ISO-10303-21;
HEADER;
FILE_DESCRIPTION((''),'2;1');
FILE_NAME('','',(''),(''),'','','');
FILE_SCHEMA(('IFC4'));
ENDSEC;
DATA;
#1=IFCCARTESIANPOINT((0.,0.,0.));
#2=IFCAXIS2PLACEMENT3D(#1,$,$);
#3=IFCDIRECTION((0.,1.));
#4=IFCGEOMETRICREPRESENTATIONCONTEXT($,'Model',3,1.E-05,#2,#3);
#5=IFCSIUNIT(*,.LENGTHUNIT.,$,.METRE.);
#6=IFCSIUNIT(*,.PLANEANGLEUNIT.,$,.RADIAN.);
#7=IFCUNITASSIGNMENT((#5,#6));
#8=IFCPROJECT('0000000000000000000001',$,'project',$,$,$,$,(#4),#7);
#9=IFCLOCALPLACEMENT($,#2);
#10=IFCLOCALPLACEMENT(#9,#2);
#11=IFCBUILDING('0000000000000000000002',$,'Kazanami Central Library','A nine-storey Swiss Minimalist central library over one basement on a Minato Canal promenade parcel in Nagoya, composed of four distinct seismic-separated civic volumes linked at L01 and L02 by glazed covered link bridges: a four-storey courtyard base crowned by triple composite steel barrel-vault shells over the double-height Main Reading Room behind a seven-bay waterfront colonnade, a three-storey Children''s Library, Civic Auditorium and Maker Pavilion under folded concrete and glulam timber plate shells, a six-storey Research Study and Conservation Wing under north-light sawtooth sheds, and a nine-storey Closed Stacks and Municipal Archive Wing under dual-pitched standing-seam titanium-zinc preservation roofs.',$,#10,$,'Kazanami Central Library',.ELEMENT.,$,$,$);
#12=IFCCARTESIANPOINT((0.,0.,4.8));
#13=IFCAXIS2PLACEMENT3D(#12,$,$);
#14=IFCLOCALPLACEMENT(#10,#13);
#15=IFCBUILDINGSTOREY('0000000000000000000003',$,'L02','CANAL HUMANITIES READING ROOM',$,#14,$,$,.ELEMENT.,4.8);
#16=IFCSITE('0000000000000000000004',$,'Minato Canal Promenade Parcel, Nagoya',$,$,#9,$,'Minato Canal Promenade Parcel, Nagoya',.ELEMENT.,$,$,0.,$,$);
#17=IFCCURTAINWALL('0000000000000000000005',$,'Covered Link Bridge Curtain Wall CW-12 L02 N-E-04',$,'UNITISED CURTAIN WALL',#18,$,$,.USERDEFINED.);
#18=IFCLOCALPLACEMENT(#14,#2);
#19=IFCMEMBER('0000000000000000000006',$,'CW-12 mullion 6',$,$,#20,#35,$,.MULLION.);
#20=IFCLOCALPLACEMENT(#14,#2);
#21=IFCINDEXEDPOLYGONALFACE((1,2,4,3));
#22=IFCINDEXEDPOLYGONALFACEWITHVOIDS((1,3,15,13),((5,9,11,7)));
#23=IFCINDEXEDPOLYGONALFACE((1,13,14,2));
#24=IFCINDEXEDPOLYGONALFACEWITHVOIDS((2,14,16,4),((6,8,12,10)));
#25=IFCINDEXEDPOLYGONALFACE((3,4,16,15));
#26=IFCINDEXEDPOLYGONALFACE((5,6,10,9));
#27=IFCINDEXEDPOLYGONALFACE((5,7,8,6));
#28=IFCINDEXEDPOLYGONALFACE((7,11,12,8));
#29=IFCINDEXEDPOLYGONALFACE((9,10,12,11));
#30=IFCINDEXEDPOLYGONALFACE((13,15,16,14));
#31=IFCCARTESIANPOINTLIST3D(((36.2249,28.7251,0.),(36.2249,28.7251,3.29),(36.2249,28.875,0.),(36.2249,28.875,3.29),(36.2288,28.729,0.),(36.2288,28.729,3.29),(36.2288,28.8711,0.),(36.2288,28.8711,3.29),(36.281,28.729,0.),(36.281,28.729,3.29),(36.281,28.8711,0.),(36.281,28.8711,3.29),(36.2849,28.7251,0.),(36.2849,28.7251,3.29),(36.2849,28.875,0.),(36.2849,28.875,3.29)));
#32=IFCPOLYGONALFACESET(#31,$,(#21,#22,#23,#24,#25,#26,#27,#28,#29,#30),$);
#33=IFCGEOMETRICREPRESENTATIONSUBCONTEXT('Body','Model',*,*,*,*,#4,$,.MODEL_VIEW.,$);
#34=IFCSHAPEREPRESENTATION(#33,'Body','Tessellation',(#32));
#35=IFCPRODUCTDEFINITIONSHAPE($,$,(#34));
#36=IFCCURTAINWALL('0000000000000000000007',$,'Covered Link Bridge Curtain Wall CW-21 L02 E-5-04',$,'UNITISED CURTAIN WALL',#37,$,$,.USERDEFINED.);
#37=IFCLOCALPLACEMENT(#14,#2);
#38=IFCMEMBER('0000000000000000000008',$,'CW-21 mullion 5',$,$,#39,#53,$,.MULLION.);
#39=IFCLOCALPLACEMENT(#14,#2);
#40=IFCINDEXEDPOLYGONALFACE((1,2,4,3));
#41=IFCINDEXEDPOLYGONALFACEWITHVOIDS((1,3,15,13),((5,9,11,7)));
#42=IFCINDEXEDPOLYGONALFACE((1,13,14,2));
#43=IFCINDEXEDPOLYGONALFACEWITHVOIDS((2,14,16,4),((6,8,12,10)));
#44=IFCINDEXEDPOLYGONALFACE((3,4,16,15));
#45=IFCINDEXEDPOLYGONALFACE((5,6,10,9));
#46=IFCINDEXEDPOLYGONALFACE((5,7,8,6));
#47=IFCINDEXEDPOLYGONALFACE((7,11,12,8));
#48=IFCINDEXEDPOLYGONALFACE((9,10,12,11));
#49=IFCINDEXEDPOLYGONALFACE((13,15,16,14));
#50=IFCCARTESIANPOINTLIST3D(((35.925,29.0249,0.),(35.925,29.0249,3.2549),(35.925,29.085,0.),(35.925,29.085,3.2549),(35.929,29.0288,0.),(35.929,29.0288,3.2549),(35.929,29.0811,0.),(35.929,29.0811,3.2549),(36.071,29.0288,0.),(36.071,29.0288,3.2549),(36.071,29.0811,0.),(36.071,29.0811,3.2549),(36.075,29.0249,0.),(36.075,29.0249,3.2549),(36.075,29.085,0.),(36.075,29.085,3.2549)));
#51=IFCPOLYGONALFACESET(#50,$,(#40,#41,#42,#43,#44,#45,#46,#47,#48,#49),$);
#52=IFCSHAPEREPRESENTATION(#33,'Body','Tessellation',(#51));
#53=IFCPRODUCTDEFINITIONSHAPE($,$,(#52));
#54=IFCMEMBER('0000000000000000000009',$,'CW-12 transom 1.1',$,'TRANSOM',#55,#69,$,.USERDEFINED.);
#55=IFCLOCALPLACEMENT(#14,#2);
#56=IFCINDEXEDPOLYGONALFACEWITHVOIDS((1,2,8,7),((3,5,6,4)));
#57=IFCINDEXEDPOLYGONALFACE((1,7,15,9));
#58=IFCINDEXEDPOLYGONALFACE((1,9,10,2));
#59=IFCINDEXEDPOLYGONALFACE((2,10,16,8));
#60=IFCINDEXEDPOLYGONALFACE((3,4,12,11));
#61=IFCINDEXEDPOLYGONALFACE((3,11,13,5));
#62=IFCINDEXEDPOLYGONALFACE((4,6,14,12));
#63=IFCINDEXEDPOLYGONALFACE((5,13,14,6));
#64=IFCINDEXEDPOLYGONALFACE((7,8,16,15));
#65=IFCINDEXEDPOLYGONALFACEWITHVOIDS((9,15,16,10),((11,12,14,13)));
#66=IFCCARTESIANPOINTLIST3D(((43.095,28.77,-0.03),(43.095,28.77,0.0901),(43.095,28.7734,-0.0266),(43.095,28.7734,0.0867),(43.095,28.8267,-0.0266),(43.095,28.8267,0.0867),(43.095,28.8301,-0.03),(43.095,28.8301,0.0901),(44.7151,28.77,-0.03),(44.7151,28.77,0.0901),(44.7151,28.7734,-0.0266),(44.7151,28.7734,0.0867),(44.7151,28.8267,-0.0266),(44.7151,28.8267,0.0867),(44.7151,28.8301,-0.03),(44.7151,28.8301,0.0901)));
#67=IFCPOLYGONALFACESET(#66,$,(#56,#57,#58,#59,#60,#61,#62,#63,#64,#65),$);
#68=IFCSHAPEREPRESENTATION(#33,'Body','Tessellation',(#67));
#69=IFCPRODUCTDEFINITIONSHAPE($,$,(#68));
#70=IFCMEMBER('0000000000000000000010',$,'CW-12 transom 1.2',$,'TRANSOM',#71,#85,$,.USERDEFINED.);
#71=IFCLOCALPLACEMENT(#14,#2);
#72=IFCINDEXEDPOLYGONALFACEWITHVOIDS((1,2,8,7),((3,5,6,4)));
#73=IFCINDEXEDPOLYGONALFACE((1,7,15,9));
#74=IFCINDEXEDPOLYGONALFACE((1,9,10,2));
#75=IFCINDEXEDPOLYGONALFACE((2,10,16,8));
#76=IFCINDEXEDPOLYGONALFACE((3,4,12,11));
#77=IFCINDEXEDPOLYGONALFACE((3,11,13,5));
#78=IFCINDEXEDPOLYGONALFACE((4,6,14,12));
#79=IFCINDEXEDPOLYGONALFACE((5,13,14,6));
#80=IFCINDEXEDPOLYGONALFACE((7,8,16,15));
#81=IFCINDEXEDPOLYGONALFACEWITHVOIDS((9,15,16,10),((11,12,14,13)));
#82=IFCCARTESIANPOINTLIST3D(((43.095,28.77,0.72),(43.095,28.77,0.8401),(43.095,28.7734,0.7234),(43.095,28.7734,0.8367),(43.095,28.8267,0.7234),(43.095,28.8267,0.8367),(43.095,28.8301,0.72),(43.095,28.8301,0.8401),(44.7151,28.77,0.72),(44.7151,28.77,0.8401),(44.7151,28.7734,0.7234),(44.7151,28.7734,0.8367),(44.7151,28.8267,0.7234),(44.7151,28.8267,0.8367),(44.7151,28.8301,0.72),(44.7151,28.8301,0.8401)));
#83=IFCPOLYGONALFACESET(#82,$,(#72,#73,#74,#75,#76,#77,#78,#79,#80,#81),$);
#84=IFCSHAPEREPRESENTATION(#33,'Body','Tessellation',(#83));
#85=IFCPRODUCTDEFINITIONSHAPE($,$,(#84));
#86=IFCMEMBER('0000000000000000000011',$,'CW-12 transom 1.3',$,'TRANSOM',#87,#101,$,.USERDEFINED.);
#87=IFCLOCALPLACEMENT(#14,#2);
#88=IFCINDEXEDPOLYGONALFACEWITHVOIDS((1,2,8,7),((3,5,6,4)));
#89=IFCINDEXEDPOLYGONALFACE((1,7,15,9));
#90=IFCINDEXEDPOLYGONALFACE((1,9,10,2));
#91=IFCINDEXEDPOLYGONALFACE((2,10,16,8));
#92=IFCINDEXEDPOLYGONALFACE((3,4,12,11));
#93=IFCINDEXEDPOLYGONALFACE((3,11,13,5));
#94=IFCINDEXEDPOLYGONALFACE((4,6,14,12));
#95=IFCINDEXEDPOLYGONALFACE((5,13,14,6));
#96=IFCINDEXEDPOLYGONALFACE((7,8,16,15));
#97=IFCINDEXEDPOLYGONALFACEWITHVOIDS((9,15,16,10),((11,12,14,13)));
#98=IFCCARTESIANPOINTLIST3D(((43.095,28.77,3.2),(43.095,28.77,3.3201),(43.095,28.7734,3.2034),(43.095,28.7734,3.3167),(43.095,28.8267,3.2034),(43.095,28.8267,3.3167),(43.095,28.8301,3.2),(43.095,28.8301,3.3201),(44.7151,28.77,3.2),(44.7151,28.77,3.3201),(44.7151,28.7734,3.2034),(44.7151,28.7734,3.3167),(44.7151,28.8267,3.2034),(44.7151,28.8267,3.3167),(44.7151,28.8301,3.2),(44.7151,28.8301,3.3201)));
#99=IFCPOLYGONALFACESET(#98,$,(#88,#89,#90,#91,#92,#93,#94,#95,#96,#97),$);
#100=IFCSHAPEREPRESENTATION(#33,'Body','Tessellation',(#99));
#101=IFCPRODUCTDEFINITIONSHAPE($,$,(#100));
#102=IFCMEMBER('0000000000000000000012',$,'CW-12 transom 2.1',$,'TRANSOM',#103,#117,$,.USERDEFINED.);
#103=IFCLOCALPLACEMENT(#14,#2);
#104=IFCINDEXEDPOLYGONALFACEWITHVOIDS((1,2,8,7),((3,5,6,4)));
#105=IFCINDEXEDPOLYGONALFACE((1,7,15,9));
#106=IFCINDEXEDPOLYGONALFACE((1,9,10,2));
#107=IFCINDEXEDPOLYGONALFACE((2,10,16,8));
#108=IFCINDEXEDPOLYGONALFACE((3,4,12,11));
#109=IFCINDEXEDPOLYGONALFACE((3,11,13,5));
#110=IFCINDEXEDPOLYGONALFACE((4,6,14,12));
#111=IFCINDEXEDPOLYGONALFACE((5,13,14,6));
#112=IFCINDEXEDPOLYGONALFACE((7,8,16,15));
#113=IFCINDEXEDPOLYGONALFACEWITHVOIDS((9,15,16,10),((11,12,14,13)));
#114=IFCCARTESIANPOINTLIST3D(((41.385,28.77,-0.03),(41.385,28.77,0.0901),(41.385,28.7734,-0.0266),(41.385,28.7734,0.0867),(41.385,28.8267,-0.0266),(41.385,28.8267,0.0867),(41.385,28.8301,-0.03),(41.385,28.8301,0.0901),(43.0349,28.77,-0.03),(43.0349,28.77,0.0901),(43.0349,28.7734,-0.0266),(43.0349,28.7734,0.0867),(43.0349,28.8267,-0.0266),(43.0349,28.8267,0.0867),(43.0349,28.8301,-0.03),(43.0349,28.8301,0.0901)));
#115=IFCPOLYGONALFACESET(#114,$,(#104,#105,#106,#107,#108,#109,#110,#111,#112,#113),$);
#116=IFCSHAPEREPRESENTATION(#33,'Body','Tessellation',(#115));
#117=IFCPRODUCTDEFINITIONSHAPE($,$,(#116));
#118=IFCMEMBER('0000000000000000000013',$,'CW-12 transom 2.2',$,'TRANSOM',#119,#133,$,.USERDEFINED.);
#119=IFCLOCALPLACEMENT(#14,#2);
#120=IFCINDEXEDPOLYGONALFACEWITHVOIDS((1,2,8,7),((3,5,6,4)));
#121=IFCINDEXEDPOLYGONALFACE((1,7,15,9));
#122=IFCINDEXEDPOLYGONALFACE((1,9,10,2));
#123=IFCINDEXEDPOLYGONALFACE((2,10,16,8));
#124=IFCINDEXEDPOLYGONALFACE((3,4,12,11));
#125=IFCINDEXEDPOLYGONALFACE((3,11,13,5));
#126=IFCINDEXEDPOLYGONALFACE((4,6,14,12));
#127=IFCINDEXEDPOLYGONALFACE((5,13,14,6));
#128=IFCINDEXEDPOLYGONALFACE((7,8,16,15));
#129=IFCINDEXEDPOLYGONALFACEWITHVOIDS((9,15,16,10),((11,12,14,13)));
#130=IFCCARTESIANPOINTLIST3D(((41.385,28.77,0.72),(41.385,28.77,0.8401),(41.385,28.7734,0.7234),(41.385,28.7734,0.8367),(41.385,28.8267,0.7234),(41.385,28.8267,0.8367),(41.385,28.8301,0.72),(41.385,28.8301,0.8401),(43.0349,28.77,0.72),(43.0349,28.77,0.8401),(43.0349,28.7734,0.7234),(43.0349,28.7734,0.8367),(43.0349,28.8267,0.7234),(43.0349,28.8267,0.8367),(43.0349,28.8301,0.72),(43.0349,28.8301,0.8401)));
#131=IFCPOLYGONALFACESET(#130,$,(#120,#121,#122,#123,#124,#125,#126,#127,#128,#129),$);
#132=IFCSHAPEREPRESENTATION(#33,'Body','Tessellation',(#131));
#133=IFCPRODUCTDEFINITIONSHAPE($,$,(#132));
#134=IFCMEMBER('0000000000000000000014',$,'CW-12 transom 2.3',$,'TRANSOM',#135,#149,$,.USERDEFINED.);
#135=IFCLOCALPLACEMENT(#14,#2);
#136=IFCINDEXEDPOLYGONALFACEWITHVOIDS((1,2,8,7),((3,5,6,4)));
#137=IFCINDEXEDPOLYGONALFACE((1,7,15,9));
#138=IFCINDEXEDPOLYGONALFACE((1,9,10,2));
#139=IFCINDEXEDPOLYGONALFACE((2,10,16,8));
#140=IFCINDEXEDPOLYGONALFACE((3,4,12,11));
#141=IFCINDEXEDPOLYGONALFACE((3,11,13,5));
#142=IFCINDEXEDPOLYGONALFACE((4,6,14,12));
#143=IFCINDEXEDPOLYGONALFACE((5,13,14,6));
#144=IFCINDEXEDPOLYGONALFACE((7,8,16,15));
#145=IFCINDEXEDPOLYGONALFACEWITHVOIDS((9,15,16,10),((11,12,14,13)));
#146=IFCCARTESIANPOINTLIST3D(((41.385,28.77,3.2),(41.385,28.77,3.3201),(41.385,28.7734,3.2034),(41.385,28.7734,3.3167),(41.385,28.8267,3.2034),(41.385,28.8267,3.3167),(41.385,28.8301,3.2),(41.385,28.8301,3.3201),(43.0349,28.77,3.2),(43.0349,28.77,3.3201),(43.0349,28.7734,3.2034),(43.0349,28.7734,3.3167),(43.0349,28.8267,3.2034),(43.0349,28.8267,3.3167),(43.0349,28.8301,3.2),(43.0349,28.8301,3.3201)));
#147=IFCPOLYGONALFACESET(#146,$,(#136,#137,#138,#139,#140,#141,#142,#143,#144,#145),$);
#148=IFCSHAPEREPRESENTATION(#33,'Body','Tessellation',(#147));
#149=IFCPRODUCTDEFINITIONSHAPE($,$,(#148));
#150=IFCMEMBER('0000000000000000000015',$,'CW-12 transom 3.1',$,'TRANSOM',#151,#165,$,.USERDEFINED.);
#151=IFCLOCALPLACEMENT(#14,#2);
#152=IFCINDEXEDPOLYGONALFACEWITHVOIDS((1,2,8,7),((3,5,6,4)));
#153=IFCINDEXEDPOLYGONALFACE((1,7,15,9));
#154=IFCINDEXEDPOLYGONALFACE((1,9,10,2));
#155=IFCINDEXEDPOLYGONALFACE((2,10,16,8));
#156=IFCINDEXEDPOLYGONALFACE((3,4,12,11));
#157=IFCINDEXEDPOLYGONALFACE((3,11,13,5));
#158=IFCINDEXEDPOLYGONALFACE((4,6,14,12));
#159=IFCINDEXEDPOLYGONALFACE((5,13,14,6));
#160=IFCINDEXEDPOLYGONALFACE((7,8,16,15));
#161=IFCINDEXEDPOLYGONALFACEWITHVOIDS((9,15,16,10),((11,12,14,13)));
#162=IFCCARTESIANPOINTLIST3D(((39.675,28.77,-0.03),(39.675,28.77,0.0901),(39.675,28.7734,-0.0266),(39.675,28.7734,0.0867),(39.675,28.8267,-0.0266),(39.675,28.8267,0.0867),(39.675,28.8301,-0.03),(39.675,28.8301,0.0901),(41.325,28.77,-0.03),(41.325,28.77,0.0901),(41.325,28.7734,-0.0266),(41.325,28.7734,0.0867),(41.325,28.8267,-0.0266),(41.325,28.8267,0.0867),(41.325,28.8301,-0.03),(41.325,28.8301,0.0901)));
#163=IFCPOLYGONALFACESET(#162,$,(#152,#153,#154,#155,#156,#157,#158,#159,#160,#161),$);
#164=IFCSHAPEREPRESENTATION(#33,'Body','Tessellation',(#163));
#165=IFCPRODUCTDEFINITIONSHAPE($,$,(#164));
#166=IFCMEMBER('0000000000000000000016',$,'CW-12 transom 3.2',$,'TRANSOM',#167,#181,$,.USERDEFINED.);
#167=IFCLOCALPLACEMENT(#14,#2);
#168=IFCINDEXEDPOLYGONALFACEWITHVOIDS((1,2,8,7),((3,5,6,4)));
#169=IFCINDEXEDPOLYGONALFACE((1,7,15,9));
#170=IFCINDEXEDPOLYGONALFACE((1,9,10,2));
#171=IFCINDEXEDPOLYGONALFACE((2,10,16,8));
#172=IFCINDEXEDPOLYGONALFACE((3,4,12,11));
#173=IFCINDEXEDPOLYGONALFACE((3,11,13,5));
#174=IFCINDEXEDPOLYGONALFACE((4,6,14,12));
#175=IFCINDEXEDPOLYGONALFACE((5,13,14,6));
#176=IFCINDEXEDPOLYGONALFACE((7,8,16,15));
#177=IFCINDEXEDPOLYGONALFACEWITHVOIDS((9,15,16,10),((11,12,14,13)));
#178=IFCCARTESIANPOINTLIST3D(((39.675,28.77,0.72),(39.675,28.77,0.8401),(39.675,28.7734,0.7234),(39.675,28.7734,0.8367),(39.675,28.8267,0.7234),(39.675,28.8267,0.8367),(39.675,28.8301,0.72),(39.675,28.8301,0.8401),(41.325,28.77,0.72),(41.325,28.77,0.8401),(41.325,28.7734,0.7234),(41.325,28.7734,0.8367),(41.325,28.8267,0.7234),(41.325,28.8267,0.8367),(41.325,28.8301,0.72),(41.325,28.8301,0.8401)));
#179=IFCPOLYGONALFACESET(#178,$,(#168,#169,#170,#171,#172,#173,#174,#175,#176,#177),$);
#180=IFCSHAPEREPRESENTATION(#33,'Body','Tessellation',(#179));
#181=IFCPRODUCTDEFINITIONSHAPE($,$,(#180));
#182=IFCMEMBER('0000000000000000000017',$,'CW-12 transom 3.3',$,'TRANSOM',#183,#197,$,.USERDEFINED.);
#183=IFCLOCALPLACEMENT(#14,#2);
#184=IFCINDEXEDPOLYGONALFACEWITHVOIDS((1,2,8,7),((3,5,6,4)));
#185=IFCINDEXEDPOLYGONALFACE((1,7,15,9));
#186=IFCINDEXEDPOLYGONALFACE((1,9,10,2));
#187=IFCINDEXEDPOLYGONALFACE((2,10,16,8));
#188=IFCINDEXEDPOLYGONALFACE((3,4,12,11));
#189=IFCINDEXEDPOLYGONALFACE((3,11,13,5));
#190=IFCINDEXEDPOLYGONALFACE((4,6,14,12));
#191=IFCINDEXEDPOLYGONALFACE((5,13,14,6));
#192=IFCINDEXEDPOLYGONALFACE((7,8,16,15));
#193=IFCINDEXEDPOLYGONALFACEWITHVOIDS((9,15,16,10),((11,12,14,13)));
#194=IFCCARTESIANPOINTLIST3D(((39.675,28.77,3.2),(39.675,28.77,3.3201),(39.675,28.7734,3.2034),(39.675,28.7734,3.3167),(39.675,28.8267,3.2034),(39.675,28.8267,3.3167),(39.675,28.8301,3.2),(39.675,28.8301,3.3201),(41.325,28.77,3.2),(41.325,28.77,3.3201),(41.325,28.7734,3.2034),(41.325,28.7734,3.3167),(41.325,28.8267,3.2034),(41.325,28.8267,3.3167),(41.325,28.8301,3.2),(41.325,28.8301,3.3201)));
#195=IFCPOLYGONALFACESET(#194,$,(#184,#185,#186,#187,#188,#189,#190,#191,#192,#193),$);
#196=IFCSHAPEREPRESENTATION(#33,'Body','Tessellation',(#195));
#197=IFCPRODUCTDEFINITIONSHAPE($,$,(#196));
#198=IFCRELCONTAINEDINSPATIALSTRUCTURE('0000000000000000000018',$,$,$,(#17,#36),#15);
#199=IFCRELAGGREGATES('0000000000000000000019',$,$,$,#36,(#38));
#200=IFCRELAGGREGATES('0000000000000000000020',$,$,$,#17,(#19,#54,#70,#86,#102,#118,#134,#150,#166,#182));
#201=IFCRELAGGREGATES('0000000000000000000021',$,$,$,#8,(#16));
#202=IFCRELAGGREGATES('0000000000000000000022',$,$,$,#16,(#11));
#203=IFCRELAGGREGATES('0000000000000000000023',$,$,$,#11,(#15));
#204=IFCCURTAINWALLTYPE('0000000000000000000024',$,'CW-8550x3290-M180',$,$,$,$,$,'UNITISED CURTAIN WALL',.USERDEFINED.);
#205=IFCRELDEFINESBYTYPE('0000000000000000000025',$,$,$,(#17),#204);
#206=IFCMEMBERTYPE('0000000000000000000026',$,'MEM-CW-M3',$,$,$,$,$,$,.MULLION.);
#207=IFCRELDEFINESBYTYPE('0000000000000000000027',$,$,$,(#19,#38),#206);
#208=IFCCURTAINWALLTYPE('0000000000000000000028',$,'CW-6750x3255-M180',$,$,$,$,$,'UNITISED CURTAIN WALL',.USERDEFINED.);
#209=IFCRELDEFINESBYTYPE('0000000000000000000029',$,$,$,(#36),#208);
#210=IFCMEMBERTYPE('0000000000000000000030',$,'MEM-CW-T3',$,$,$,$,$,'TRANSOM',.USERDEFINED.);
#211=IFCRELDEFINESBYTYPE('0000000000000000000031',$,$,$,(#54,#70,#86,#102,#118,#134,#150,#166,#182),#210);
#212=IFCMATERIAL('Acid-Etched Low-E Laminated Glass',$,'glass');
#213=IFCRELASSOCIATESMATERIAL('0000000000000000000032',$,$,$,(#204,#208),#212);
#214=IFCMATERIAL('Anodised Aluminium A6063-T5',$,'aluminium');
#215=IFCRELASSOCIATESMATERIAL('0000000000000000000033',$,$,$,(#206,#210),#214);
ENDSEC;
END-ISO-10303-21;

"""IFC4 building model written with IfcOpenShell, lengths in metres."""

from ifc_helpers import new_model, si_unit, direction, frame, origin, origin_2d, place, context, subcontext, project, spatial, hollow_rectangle, extrude, material, material_profile, profile_set, type_object, element, aggregate, save


model = new_model("IFC4")

# Units and contexts
model_context = context("Model", 3, precision=1e-05, world=origin(), true_north=direction((0.0, 1.0)))
body_context = subcontext(model_context, "Body", "Model", "MODEL_VIEW")
ifc_project = project(units=[si_unit("LENGTHUNIT", "METRE"), si_unit("PLANEANGLEUNIT", "RADIAN")], contexts=[model_context])

# Site, building, storey
site_placement = place(None, origin())
site = spatial("IfcSite", under=ifc_project, at=site_placement, Name="Minato Canal Promenade Parcel, Nagoya", LongName="Minato Canal Promenade Parcel, Nagoya", CompositionType="ELEMENT", RefElevation=0.0)
building_placement = place(site_placement, origin())
building = spatial("IfcBuilding", under=site, at=building_placement, Name="Kazanami Central Library", Description="A nine-storey Swiss Minimalist central library over one basement on a Minato Canal promenade parcel in Nagoya, composed of four distinct seismic-separated civic volumes linked at L01 and L02 by glazed covered link bridges: a four-storey courtyard base crowned by triple composite steel barrel-vault shells over the double-height Main Reading Room behind a seven-bay waterfront colonnade, a three-storey Children's Library, Civic Auditorium and Maker Pavilion under folded concrete and glulam timber plate shells, a six-storey Research Study and Conservation Wing under north-light sawtooth sheds, and a nine-storey Closed Stacks and Municipal Archive Wing under dual-pitched standing-seam titanium-zinc preservation roofs.", LongName="Kazanami Central Library", CompositionType="ELEMENT")
storey_placement = place(building_placement, frame((0.0, 0.0, 4.8)))
storey = spatial("IfcBuildingStorey", under=building, at=storey_placement, Name="L02", Description="CANAL HUMANITIES READING ROOM", CompositionType="ELEMENT", Elevation=4.8)

# Curtain wall, member
ifc_material_1 = material(Name="Acid-Etched Low-E Laminated Glass", Category="glass")
curtain_wall_type_1 = type_object("IfcCurtainWallType", Name="CW-8550x3290-M180", ElementType="UNITISED CURTAIN WALL", PredefinedType="USERDEFINED", material=ifc_material_1)
curtain_wall_1_placement = place(storey_placement, origin())
curtain_wall_1 = element("IfcCurtainWall", 1, at=curtain_wall_1_placement, inside=storey, type_object=curtain_wall_type_1, Name="Covered Link Bridge Curtain Wall CW-12 L02 N-E-04", ObjectType="UNITISED CURTAIN WALL", PredefinedType="USERDEFINED")
ifc_material_2 = material(Name="Anodised Aluminium A6063-T5", Category="aluminium")
ifc_material_profile_1 = material_profile(ifc_material_2, hollow_rectangle(XDim=0.0601, YDim=0.1499, WallThickness=0.0039, at=origin_2d()), Name="ALU-MULL-60x150x4")
ifc_profile_set_1 = profile_set([ifc_material_profile_1], Name="Anodised Aluminium A6063-T5")
member_type_1 = type_object("IfcMemberType", Name="MEM-CW-M3", PredefinedType="MULLION", material=ifc_profile_set_1)
member_1_placement = place(storey_placement, frame((36.2549, 28.8, 0.0), z_axis=(0.0, 0.0, 1.0), x_axis=(-1.0, 0.0, 0.0)))
member_1 = element("IfcMember", 2, at=member_1_placement, type_object=member_type_1, Name="CW-12 mullion 6", PredefinedType="MULLION", context=body_context, shape_type="SweptSolid", body=[
    extrude(hollow_rectangle(XDim=0.0601, YDim=0.1499, WallThickness=0.0039, at=origin_2d()), origin(), (0.0, 0.0, 1.0), 3.29),
])

# Curtain wall, member
curtain_wall_type_2 = type_object("IfcCurtainWallType", Name="CW-6750x3255-M180", ElementType="UNITISED CURTAIN WALL", PredefinedType="USERDEFINED", material=ifc_material_1)
curtain_wall_2_placement = place(storey_placement, origin())
curtain_wall_2 = element("IfcCurtainWall", 3, at=curtain_wall_2_placement, inside=storey, type_object=curtain_wall_type_2, Name="Covered Link Bridge Curtain Wall CW-21 L02 E-5-04", ObjectType="UNITISED CURTAIN WALL", PredefinedType="USERDEFINED")
member_2_placement = place(storey_placement, frame((36.0, 29.0549, 0.0), z_axis=(0.0, 0.0, 1.0), x_axis=(0.0, -1.0, 0.0)))
member_2 = element("IfcMember", 4, at=member_2_placement, type_object=member_type_1, Name="CW-21 mullion 5", PredefinedType="MULLION", context=body_context, shape_type="SweptSolid", body=[
    extrude(hollow_rectangle(XDim=0.0601, YDim=0.1499, WallThickness=0.0039, at=origin_2d()), origin(), (0.0, 0.0, 1.0), 3.2549),
])
aggregate(curtain_wall_2, [member_2])

# Members
ifc_material_profile_2 = material_profile(ifc_material_2, hollow_rectangle(XDim=0.0601, YDim=0.1201, WallThickness=0.0034, at=origin_2d()), Name="ALU-TRAN-60x120x3.5")
ifc_profile_set_2 = profile_set([ifc_material_profile_2], Name="Anodised Aluminium A6063-T5")
member_type_2 = type_object("IfcMemberType", Name="MEM-CW-T3", ElementType="TRANSOM", PredefinedType="USERDEFINED", material=ifc_profile_set_2)
member_3_placement = place(storey_placement, frame((44.7151, 28.8, 0.03), z_axis=(-1.0, 0.0, 0.0), x_axis=(0.0, -1.0, 0.0)))
member_3 = element("IfcMember", 5, at=member_3_placement, type_object=member_type_2, Name="CW-12 transom 1.1", ObjectType="TRANSOM", PredefinedType="USERDEFINED", context=body_context, shape_type="SweptSolid", body=[
    extrude(hollow_rectangle(XDim=0.0601, YDim=0.1201, WallThickness=0.0034, at=origin_2d()), origin(), (0.0, 0.0, 1.0), 1.6201),
])
member_4_placement = place(storey_placement, frame((44.7151, 28.8, 0.78), z_axis=(-1.0, 0.0, 0.0), x_axis=(0.0, -1.0, 0.0)))
member_4 = element("IfcMember", 6, at=member_4_placement, type_object=member_type_2, Name="CW-12 transom 1.2", ObjectType="TRANSOM", PredefinedType="USERDEFINED", context=body_context, shape_type="SweptSolid", body=[
    extrude(hollow_rectangle(XDim=0.0601, YDim=0.1201, WallThickness=0.0034, at=origin_2d()), origin(), (0.0, 0.0, 1.0), 1.6201),
])
member_5_placement = place(storey_placement, frame((44.7151, 28.8, 3.26), z_axis=(-1.0, 0.0, 0.0), x_axis=(0.0, -1.0, 0.0)))
member_5 = element("IfcMember", 7, at=member_5_placement, type_object=member_type_2, Name="CW-12 transom 1.3", ObjectType="TRANSOM", PredefinedType="USERDEFINED", context=body_context, shape_type="SweptSolid", body=[
    extrude(hollow_rectangle(XDim=0.0601, YDim=0.1201, WallThickness=0.0034, at=origin_2d()), origin(), (0.0, 0.0, 1.0), 1.6201),
])
member_6_placement = place(storey_placement, frame((43.0349, 28.8, 0.03), z_axis=(-1.0, 0.0, 0.0), x_axis=(0.0, -1.0, 0.0)))
member_6 = element("IfcMember", 8, at=member_6_placement, type_object=member_type_2, Name="CW-12 transom 2.1", ObjectType="TRANSOM", PredefinedType="USERDEFINED", context=body_context, shape_type="SweptSolid", body=[
    extrude(hollow_rectangle(XDim=0.0601, YDim=0.1201, WallThickness=0.0034, at=origin_2d()), origin(), (0.0, 0.0, 1.0), 1.6499),
])
member_7_placement = place(storey_placement, frame((43.0349, 28.8, 0.78), z_axis=(-1.0, 0.0, 0.0), x_axis=(0.0, -1.0, 0.0)))
member_7 = element("IfcMember", 9, at=member_7_placement, type_object=member_type_2, Name="CW-12 transom 2.2", ObjectType="TRANSOM", PredefinedType="USERDEFINED", context=body_context, shape_type="SweptSolid", body=[
    extrude(hollow_rectangle(XDim=0.0601, YDim=0.1201, WallThickness=0.0034, at=origin_2d()), origin(), (0.0, 0.0, 1.0), 1.6499),
])
member_8_placement = place(storey_placement, frame((43.0349, 28.8, 3.26), z_axis=(-1.0, 0.0, 0.0), x_axis=(0.0, -1.0, 0.0)))
member_8 = element("IfcMember", 10, at=member_8_placement, type_object=member_type_2, Name="CW-12 transom 2.3", ObjectType="TRANSOM", PredefinedType="USERDEFINED", context=body_context, shape_type="SweptSolid", body=[
    extrude(hollow_rectangle(XDim=0.0601, YDim=0.1201, WallThickness=0.0034, at=origin_2d()), origin(), (0.0, 0.0, 1.0), 1.6499),
])
member_9_placement = place(storey_placement, frame((41.325, 28.8, 0.03), z_axis=(-1.0, 0.0, 0.0), x_axis=(0.0, -1.0, 0.0)))
member_9 = element("IfcMember", 11, at=member_9_placement, type_object=member_type_2, Name="CW-12 transom 3.1", ObjectType="TRANSOM", PredefinedType="USERDEFINED", context=body_context, shape_type="SweptSolid", body=[
    extrude(hollow_rectangle(XDim=0.0601, YDim=0.1201, WallThickness=0.0034, at=origin_2d()), origin(), (0.0, 0.0, 1.0), 1.6499),
])
member_10_placement = place(storey_placement, frame((41.325, 28.8, 0.78), z_axis=(-1.0, 0.0, 0.0), x_axis=(0.0, -1.0, 0.0)))
member_10 = element("IfcMember", 12, at=member_10_placement, type_object=member_type_2, Name="CW-12 transom 3.2", ObjectType="TRANSOM", PredefinedType="USERDEFINED", context=body_context, shape_type="SweptSolid", body=[
    extrude(hollow_rectangle(XDim=0.0601, YDim=0.1201, WallThickness=0.0034, at=origin_2d()), origin(), (0.0, 0.0, 1.0), 1.6499),
])
member_11_placement = place(storey_placement, frame((41.325, 28.8, 3.26), z_axis=(-1.0, 0.0, 0.0), x_axis=(0.0, -1.0, 0.0)))
member_11 = element("IfcMember", 13, at=member_11_placement, type_object=member_type_2, Name="CW-12 transom 3.3", ObjectType="TRANSOM", PredefinedType="USERDEFINED", context=body_context, shape_type="SweptSolid", body=[
    extrude(hollow_rectangle(XDim=0.0601, YDim=0.1201, WallThickness=0.0034, at=origin_2d()), origin(), (0.0, 0.0, 1.0), 1.6499),
])

aggregate(curtain_wall_1, [member_1, member_3, member_4, member_5, member_6, member_7, member_8, member_9, member_10, member_11])

save(model, "model.ifc")
